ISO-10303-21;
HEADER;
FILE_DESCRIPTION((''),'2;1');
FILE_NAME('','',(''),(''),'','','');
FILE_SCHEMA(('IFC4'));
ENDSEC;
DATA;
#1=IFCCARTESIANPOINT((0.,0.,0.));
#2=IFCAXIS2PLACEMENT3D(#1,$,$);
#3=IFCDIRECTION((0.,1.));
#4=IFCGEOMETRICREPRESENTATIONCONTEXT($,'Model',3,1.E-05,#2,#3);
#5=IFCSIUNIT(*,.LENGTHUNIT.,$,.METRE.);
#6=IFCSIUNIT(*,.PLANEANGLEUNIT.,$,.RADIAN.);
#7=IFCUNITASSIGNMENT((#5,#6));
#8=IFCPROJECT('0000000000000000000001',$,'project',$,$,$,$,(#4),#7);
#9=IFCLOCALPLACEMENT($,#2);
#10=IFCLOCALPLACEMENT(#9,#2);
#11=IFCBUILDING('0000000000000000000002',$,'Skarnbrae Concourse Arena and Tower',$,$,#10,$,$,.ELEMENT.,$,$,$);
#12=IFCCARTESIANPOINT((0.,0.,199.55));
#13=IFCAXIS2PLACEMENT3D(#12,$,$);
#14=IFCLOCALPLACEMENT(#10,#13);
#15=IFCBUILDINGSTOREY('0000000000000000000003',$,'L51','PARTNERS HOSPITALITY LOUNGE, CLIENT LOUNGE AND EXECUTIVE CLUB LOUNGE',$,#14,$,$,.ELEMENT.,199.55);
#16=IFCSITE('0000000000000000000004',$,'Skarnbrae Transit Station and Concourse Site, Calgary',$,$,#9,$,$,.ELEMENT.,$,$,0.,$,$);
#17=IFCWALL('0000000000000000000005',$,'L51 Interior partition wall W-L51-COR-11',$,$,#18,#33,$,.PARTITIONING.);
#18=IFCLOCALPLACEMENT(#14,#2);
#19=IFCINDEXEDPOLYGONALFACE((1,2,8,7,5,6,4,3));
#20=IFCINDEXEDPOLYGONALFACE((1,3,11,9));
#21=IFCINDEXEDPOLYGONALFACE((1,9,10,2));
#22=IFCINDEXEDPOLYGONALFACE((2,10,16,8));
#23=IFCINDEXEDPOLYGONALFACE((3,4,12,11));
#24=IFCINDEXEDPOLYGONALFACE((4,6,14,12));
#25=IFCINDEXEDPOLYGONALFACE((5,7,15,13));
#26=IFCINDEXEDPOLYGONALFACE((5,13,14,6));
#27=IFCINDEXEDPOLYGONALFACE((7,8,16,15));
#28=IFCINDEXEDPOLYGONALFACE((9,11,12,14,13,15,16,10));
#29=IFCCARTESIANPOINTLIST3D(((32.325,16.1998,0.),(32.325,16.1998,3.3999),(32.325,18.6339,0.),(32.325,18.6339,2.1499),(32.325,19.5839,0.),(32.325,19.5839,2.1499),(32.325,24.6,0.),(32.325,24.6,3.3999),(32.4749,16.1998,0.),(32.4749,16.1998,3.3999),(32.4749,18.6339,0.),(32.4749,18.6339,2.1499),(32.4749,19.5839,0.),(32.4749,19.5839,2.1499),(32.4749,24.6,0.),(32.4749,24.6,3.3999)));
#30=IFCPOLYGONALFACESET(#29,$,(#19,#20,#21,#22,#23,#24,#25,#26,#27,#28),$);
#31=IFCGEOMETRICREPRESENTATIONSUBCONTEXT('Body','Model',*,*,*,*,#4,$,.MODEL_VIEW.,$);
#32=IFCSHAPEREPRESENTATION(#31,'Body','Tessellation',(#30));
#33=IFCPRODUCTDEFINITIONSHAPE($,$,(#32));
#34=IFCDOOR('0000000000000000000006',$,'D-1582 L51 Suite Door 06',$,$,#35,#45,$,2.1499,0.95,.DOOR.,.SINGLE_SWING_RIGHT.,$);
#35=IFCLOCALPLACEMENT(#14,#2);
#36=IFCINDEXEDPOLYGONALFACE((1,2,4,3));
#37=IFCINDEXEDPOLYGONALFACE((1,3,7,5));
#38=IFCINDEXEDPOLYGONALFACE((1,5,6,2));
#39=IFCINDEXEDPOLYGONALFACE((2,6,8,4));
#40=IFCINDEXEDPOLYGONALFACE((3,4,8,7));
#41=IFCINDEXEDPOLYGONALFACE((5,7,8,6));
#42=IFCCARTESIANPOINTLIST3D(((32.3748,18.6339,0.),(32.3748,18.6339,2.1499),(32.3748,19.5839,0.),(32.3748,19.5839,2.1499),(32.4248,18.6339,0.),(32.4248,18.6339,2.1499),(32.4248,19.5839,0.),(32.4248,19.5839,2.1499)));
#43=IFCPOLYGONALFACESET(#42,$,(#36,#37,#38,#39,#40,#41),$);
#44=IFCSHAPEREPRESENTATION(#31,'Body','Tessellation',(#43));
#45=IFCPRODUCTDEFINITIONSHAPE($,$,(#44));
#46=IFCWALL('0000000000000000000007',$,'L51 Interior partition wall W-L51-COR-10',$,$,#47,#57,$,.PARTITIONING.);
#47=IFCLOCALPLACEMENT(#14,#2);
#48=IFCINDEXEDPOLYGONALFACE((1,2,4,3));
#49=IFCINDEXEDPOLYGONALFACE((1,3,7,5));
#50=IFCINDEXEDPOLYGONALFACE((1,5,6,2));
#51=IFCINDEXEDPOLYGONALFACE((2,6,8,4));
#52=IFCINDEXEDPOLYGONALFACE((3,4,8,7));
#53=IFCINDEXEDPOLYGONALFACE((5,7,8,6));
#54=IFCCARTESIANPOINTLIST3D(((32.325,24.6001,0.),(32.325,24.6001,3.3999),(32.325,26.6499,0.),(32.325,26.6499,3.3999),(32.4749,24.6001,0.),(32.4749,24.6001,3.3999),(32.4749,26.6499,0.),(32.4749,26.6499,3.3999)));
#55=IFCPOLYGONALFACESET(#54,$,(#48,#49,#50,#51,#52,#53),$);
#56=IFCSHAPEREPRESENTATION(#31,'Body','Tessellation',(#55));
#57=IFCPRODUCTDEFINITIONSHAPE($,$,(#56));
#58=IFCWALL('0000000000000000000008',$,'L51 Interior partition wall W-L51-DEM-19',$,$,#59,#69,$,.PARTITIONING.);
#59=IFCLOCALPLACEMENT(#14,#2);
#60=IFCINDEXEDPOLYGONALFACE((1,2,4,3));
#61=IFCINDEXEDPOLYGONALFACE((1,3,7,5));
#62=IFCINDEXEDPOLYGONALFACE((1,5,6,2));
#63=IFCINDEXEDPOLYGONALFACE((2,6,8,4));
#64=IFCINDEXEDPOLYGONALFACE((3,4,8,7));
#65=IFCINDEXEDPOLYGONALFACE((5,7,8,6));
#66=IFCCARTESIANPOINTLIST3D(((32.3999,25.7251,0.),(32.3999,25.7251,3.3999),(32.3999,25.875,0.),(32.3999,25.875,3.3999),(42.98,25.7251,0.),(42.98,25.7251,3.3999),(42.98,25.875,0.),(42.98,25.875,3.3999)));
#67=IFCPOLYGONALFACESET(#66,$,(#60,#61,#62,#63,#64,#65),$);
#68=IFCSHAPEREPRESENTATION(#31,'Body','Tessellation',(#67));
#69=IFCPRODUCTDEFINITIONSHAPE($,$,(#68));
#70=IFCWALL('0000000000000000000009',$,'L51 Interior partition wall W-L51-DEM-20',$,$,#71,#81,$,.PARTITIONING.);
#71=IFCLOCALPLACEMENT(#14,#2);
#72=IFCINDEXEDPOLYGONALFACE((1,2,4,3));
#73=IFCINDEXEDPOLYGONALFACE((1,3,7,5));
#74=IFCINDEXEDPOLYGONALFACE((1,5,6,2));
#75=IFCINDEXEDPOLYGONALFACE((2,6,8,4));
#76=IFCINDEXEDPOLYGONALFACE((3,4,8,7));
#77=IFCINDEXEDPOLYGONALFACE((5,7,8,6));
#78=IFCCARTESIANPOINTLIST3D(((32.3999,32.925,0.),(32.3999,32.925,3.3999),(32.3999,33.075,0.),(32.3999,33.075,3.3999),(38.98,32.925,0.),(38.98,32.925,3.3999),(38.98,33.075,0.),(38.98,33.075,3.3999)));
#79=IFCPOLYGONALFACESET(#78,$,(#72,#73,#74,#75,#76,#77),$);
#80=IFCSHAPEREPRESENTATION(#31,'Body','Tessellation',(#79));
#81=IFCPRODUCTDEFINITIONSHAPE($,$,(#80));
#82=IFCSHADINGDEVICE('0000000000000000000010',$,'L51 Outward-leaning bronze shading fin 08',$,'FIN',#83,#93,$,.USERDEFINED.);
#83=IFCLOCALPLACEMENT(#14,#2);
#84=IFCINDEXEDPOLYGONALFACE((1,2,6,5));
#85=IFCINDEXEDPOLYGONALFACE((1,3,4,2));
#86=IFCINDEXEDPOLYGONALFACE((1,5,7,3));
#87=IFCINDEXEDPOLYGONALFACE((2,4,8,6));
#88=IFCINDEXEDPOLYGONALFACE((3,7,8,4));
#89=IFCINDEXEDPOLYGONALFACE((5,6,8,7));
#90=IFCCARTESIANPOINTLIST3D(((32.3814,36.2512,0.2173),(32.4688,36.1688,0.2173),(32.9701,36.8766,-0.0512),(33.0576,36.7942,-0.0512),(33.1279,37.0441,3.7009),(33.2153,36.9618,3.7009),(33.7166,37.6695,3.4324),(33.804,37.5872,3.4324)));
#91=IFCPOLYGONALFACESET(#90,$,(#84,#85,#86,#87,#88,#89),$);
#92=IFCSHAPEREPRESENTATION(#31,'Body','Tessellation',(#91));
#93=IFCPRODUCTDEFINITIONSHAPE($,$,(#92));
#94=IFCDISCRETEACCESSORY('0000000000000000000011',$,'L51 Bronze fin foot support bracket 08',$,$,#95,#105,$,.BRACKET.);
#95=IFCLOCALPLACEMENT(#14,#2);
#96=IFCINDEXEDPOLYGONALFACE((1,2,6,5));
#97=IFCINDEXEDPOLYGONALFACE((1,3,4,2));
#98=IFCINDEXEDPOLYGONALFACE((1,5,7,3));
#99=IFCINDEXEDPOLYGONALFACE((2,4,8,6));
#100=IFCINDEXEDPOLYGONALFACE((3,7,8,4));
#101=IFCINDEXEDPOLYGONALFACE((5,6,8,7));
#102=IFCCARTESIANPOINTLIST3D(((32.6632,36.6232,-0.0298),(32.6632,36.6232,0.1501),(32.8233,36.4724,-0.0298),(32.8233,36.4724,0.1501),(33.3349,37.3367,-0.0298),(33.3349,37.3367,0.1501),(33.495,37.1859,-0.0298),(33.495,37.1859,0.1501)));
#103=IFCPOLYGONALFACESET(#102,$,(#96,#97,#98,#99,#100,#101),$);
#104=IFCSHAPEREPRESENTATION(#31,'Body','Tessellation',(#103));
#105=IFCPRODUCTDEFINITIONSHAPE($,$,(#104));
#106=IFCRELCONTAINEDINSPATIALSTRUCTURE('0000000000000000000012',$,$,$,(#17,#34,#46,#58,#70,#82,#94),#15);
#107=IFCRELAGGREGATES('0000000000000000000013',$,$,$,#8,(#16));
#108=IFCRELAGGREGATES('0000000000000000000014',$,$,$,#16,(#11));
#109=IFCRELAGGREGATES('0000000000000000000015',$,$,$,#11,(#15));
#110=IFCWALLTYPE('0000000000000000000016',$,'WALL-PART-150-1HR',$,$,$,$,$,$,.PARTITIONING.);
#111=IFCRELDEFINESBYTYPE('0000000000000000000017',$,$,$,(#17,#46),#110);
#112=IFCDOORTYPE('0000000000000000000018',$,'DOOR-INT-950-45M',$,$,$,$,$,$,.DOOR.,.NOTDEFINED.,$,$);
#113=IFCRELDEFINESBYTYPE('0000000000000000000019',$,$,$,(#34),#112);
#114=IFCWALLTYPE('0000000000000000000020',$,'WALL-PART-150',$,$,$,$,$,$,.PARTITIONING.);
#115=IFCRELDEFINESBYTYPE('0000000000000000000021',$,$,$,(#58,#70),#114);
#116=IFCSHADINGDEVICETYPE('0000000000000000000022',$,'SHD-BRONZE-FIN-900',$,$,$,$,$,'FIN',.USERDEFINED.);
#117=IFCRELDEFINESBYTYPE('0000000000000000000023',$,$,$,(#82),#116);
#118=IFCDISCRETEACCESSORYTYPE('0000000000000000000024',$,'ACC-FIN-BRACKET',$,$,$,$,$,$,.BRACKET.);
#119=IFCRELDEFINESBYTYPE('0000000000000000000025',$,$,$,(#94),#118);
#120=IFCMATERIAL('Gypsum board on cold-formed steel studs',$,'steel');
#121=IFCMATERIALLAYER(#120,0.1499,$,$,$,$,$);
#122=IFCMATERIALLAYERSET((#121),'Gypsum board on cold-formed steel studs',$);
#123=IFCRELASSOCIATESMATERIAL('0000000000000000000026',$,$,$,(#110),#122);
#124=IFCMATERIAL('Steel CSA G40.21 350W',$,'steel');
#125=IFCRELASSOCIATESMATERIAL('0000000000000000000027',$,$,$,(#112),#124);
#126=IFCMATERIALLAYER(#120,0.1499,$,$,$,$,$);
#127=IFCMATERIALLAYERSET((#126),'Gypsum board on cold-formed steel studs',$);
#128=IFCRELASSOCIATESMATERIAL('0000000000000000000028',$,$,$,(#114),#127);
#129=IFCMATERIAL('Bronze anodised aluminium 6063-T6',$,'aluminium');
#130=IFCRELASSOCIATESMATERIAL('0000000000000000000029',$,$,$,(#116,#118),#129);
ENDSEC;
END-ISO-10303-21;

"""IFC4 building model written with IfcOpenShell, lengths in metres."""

from ifc_helpers import new_model, si_unit, direction, frame, frame_2d, origin, origin_2d, place, context, subcontext, project, spatial, rectangle, extrude, source, transform, mapped, material, layer, layer_set, type_object, element, fill, save


model = new_model("IFC4")

# Units and contexts
model_context = context("Model", 3, precision=1e-05, world=origin(), true_north=direction((0.0, 1.0)))
body_context = subcontext(model_context, "Body", "Model", "MODEL_VIEW")
ifc_project = project(units=[si_unit("LENGTHUNIT", "METRE"), si_unit("PLANEANGLEUNIT", "RADIAN")], contexts=[model_context])

# Site, building, storey
site_placement = place(None, origin())
site = spatial("IfcSite", under=ifc_project, at=site_placement, Name="Skarnbrae Transit Station and Concourse Site, Calgary", CompositionType="ELEMENT", RefElevation=0.0)
building_placement = place(site_placement, origin())
building = spatial("IfcBuilding", under=site, at=building_placement, Name="Skarnbrae Concourse Arena and Tower", CompositionType="ELEMENT")
storey_placement = place(building_placement, frame((0.0, 0.0, 199.55)))
storey = spatial("IfcBuildingStorey", under=building, at=storey_placement, Name="L51", Description="PARTNERS HOSPITALITY LOUNGE, CLIENT LOUNGE AND EXECUTIVE CLUB LOUNGE", CompositionType="ELEMENT", Elevation=199.55)

# Shared definitions
ifc_material_1 = material(Name="Steel CSA G40.21 350W", Category="steel")

# Shared definitions
ifc_material_2 = material(Name="Bronze anodised aluminium 6063-T6", Category="aluminium")

# Wall, opening, door
ifc_material_3 = material(Name="Gypsum board on cold-formed steel studs", Category="steel")
ifc_layer_1 = layer(ifc_material_3, 0.1499)
ifc_layer_set_1 = layer_set([ifc_layer_1], Name="Gypsum board on cold-formed steel studs")
wall_type_1 = type_object("IfcWallType", Name="WALL-PART-150-1HR", PredefinedType="PARTITIONING", material=ifc_layer_set_1)
door_type = type_object("IfcDoorType", Name="DOOR-INT-950-45M", OperationType="NOTDEFINED", PredefinedType="DOOR", material=ifc_material_1)
shared_shape_1 = source(origin(), body_context, "Body", "SweptSolid", [
    extrude(rectangle(XDim=0.95, YDim=2.1499, at=frame_2d((0.4751, 1.075))), frame((0.0, 0.0249, 0.0), z_axis=(0.0, -1.0, 0.0), x_axis=(1.0, 0.0, 0.0)), (0.0, 0.0, 1.0), 0.05),
])
shared_shape_2 = source(origin(), body_context, "Body", "SweptSolid", [
    extrude(rectangle(XDim=8.4001, YDim=0.1499, at=frame_2d((4.2002, 0.0))), origin(), (0.0, 0.0, 1.0), 3.3999),
])
wall_1_placement = place(storey_placement, frame((32.3999, 24.6001, 0.0), z_axis=(0.0, 0.0, 1.0), x_axis=(0.0, -1.0, 0.0)))
wall_1 = element("IfcWall", 1, at=wall_1_placement, inside=storey, type_object=wall_type_1, Name="L51 Interior partition wall W-L51-COR-11", PredefinedType="PARTITIONING", context=body_context, shape_type="MappedRepresentation", body=[
    mapped(shared_shape_2, transform((0.0, 0.0, 0.0))),
])
opening_1_placement = place(wall_1_placement, frame((5.0161, 0.0, 0.0)))
opening_1 = element("IfcOpeningElement", 2, at=opening_1_placement, cuts=wall_1, PredefinedType="OPENING", context=body_context, shape_type="SweptSolid", body=[
    extrude(rectangle(XDim=0.95, YDim=2.1499, at=frame_2d((0.4751, 1.075))), frame((0.0, 0.085, 0.0), z_axis=(0.0, -1.0, 0.0), x_axis=(1.0, 0.0, 0.0)), (0.0, 0.0, 1.0), 0.1699),
])
door_1_placement = place(opening_1_placement, origin())
door_1 = element("IfcDoor", 3, at=door_1_placement, inside=storey, type_object=door_type, Name="D-1582 L51 Suite Door 06", OperationType="SINGLE_SWING_RIGHT", OverallHeight=2.1499, OverallWidth=0.95, PredefinedType="DOOR", context=body_context, shape_type="MappedRepresentation", body=[
    mapped(shared_shape_1, transform((0.0, 0.0, 0.0))),
])
fill(opening_1, door_1)

# Walls
shared_shape_3 = source(origin(), body_context, "Body", "SweptSolid", [
    extrude(rectangle(XDim=2.0498, YDim=0.1499, at=frame_2d((1.0249, 0.0))), origin(), (0.0, 0.0, 1.0), 3.3999),
])
wall_2_placement = place(storey_placement, frame((32.3999, 26.6499, 0.0), z_axis=(0.0, 0.0, 1.0), x_axis=(0.0, -1.0, 0.0)))
element("IfcWall", 4, at=wall_2_placement, inside=storey, type_object=wall_type_1, Name="L51 Interior partition wall W-L51-COR-10", PredefinedType="PARTITIONING", context=body_context, shape_type="MappedRepresentation", body=[
    mapped(shared_shape_3, transform((0.0, 0.0, 0.0))),
])
ifc_layer_2 = layer(ifc_material_3, 0.1499)
ifc_layer_set_2 = layer_set([ifc_layer_2], Name="Gypsum board on cold-formed steel studs")
wall_type_2 = type_object("IfcWallType", Name="WALL-PART-150", PredefinedType="PARTITIONING", material=ifc_layer_set_2)
shared_shape_4 = source(origin(), body_context, "Body", "SweptSolid", [
    extrude(rectangle(XDim=10.5801, YDim=0.1499, at=frame_2d((5.29, 0.0))), origin(), (0.0, 0.0, 1.0), 3.3999),
])
wall_3_placement = place(storey_placement, frame((42.98, 25.8, 0.0), z_axis=(0.0, 0.0, 1.0), x_axis=(-1.0, 0.0, 0.0)))
element("IfcWall", 5, at=wall_3_placement, inside=storey, type_object=wall_type_2, Name="L51 Interior partition wall W-L51-DEM-19", PredefinedType="PARTITIONING", context=body_context, shape_type="MappedRepresentation", body=[
    mapped(shared_shape_4, transform((0.0, 0.0, 0.0))),
])
shared_shape_5 = source(origin(), body_context, "Body", "SweptSolid", [
    extrude(rectangle(XDim=6.5801, YDim=0.1499, at=frame_2d((3.29, 0.0))), origin(), (0.0, 0.0, 1.0), 3.3999),
])
wall_4_placement = place(storey_placement, frame((38.98, 33.0, 0.0), z_axis=(0.0, 0.0, 1.0), x_axis=(-1.0, 0.0, 0.0)))
element("IfcWall", 6, at=wall_4_placement, inside=storey, type_object=wall_type_2, Name="L51 Interior partition wall W-L51-DEM-20", PredefinedType="PARTITIONING", context=body_context, shape_type="MappedRepresentation", body=[
    mapped(shared_shape_5, transform((0.0, 0.0, 0.0))),
])

# Shading device
shading_device_type = type_object("IfcShadingDeviceType", Name="SHD-BRONZE-FIN-900", ElementType="FIN", PredefinedType="USERDEFINED", material=ifc_material_2)
shared_shape_6 = source(origin(), body_context, "Body", "SweptSolid", [
    extrude(rectangle(XDim=0.1201, YDim=0.8999, at=origin_2d()), origin(), (0.0, 0.0, 1.0), 3.6499),
])
shading_device_placement = place(storey_placement, frame((32.7195, 36.5227, 0.083), z_axis=(0.204517, 0.217256, 0.954449), x_axis=(0.728132, -0.685437, 0.0)))
element("IfcShadingDevice", 7, at=shading_device_placement, inside=storey, type_object=shading_device_type, Name="L51 Outward-leaning bronze shading fin 08", ObjectType="FIN", PredefinedType="USERDEFINED", context=body_context, shape_type="MappedRepresentation", body=[
    mapped(shared_shape_6, transform((0.0, 0.0, 0.0))),
])

# Discrete accessory
discrete_accessory_type = type_object("IfcDiscreteAccessoryType", Name="ACC-FIN-BRACKET", PredefinedType="BRACKET", material=ifc_material_2)
shared_shape_7 = source(origin(), body_context, "Body", "SweptSolid", [
    extrude(rectangle(XDim=0.22, YDim=0.98, at=origin_2d()), origin(), (0.0, 0.0, 1.0), 0.1799),
])
discrete_accessory_placement = place(storey_placement, frame((33.0791, 36.9045, -0.0298), z_axis=(0.0, 0.0, 1.0), x_axis=(0.728132, -0.685437, 0.0)))
element("IfcDiscreteAccessory", 8, at=discrete_accessory_placement, inside=storey, type_object=discrete_accessory_type, Name="L51 Bronze fin foot support bracket 08", PredefinedType="BRACKET", context=body_context, shape_type="MappedRepresentation", body=[
    mapped(shared_shape_7, transform((0.0, 0.0, 0.0))),
])

save(model, "model.ifc")
